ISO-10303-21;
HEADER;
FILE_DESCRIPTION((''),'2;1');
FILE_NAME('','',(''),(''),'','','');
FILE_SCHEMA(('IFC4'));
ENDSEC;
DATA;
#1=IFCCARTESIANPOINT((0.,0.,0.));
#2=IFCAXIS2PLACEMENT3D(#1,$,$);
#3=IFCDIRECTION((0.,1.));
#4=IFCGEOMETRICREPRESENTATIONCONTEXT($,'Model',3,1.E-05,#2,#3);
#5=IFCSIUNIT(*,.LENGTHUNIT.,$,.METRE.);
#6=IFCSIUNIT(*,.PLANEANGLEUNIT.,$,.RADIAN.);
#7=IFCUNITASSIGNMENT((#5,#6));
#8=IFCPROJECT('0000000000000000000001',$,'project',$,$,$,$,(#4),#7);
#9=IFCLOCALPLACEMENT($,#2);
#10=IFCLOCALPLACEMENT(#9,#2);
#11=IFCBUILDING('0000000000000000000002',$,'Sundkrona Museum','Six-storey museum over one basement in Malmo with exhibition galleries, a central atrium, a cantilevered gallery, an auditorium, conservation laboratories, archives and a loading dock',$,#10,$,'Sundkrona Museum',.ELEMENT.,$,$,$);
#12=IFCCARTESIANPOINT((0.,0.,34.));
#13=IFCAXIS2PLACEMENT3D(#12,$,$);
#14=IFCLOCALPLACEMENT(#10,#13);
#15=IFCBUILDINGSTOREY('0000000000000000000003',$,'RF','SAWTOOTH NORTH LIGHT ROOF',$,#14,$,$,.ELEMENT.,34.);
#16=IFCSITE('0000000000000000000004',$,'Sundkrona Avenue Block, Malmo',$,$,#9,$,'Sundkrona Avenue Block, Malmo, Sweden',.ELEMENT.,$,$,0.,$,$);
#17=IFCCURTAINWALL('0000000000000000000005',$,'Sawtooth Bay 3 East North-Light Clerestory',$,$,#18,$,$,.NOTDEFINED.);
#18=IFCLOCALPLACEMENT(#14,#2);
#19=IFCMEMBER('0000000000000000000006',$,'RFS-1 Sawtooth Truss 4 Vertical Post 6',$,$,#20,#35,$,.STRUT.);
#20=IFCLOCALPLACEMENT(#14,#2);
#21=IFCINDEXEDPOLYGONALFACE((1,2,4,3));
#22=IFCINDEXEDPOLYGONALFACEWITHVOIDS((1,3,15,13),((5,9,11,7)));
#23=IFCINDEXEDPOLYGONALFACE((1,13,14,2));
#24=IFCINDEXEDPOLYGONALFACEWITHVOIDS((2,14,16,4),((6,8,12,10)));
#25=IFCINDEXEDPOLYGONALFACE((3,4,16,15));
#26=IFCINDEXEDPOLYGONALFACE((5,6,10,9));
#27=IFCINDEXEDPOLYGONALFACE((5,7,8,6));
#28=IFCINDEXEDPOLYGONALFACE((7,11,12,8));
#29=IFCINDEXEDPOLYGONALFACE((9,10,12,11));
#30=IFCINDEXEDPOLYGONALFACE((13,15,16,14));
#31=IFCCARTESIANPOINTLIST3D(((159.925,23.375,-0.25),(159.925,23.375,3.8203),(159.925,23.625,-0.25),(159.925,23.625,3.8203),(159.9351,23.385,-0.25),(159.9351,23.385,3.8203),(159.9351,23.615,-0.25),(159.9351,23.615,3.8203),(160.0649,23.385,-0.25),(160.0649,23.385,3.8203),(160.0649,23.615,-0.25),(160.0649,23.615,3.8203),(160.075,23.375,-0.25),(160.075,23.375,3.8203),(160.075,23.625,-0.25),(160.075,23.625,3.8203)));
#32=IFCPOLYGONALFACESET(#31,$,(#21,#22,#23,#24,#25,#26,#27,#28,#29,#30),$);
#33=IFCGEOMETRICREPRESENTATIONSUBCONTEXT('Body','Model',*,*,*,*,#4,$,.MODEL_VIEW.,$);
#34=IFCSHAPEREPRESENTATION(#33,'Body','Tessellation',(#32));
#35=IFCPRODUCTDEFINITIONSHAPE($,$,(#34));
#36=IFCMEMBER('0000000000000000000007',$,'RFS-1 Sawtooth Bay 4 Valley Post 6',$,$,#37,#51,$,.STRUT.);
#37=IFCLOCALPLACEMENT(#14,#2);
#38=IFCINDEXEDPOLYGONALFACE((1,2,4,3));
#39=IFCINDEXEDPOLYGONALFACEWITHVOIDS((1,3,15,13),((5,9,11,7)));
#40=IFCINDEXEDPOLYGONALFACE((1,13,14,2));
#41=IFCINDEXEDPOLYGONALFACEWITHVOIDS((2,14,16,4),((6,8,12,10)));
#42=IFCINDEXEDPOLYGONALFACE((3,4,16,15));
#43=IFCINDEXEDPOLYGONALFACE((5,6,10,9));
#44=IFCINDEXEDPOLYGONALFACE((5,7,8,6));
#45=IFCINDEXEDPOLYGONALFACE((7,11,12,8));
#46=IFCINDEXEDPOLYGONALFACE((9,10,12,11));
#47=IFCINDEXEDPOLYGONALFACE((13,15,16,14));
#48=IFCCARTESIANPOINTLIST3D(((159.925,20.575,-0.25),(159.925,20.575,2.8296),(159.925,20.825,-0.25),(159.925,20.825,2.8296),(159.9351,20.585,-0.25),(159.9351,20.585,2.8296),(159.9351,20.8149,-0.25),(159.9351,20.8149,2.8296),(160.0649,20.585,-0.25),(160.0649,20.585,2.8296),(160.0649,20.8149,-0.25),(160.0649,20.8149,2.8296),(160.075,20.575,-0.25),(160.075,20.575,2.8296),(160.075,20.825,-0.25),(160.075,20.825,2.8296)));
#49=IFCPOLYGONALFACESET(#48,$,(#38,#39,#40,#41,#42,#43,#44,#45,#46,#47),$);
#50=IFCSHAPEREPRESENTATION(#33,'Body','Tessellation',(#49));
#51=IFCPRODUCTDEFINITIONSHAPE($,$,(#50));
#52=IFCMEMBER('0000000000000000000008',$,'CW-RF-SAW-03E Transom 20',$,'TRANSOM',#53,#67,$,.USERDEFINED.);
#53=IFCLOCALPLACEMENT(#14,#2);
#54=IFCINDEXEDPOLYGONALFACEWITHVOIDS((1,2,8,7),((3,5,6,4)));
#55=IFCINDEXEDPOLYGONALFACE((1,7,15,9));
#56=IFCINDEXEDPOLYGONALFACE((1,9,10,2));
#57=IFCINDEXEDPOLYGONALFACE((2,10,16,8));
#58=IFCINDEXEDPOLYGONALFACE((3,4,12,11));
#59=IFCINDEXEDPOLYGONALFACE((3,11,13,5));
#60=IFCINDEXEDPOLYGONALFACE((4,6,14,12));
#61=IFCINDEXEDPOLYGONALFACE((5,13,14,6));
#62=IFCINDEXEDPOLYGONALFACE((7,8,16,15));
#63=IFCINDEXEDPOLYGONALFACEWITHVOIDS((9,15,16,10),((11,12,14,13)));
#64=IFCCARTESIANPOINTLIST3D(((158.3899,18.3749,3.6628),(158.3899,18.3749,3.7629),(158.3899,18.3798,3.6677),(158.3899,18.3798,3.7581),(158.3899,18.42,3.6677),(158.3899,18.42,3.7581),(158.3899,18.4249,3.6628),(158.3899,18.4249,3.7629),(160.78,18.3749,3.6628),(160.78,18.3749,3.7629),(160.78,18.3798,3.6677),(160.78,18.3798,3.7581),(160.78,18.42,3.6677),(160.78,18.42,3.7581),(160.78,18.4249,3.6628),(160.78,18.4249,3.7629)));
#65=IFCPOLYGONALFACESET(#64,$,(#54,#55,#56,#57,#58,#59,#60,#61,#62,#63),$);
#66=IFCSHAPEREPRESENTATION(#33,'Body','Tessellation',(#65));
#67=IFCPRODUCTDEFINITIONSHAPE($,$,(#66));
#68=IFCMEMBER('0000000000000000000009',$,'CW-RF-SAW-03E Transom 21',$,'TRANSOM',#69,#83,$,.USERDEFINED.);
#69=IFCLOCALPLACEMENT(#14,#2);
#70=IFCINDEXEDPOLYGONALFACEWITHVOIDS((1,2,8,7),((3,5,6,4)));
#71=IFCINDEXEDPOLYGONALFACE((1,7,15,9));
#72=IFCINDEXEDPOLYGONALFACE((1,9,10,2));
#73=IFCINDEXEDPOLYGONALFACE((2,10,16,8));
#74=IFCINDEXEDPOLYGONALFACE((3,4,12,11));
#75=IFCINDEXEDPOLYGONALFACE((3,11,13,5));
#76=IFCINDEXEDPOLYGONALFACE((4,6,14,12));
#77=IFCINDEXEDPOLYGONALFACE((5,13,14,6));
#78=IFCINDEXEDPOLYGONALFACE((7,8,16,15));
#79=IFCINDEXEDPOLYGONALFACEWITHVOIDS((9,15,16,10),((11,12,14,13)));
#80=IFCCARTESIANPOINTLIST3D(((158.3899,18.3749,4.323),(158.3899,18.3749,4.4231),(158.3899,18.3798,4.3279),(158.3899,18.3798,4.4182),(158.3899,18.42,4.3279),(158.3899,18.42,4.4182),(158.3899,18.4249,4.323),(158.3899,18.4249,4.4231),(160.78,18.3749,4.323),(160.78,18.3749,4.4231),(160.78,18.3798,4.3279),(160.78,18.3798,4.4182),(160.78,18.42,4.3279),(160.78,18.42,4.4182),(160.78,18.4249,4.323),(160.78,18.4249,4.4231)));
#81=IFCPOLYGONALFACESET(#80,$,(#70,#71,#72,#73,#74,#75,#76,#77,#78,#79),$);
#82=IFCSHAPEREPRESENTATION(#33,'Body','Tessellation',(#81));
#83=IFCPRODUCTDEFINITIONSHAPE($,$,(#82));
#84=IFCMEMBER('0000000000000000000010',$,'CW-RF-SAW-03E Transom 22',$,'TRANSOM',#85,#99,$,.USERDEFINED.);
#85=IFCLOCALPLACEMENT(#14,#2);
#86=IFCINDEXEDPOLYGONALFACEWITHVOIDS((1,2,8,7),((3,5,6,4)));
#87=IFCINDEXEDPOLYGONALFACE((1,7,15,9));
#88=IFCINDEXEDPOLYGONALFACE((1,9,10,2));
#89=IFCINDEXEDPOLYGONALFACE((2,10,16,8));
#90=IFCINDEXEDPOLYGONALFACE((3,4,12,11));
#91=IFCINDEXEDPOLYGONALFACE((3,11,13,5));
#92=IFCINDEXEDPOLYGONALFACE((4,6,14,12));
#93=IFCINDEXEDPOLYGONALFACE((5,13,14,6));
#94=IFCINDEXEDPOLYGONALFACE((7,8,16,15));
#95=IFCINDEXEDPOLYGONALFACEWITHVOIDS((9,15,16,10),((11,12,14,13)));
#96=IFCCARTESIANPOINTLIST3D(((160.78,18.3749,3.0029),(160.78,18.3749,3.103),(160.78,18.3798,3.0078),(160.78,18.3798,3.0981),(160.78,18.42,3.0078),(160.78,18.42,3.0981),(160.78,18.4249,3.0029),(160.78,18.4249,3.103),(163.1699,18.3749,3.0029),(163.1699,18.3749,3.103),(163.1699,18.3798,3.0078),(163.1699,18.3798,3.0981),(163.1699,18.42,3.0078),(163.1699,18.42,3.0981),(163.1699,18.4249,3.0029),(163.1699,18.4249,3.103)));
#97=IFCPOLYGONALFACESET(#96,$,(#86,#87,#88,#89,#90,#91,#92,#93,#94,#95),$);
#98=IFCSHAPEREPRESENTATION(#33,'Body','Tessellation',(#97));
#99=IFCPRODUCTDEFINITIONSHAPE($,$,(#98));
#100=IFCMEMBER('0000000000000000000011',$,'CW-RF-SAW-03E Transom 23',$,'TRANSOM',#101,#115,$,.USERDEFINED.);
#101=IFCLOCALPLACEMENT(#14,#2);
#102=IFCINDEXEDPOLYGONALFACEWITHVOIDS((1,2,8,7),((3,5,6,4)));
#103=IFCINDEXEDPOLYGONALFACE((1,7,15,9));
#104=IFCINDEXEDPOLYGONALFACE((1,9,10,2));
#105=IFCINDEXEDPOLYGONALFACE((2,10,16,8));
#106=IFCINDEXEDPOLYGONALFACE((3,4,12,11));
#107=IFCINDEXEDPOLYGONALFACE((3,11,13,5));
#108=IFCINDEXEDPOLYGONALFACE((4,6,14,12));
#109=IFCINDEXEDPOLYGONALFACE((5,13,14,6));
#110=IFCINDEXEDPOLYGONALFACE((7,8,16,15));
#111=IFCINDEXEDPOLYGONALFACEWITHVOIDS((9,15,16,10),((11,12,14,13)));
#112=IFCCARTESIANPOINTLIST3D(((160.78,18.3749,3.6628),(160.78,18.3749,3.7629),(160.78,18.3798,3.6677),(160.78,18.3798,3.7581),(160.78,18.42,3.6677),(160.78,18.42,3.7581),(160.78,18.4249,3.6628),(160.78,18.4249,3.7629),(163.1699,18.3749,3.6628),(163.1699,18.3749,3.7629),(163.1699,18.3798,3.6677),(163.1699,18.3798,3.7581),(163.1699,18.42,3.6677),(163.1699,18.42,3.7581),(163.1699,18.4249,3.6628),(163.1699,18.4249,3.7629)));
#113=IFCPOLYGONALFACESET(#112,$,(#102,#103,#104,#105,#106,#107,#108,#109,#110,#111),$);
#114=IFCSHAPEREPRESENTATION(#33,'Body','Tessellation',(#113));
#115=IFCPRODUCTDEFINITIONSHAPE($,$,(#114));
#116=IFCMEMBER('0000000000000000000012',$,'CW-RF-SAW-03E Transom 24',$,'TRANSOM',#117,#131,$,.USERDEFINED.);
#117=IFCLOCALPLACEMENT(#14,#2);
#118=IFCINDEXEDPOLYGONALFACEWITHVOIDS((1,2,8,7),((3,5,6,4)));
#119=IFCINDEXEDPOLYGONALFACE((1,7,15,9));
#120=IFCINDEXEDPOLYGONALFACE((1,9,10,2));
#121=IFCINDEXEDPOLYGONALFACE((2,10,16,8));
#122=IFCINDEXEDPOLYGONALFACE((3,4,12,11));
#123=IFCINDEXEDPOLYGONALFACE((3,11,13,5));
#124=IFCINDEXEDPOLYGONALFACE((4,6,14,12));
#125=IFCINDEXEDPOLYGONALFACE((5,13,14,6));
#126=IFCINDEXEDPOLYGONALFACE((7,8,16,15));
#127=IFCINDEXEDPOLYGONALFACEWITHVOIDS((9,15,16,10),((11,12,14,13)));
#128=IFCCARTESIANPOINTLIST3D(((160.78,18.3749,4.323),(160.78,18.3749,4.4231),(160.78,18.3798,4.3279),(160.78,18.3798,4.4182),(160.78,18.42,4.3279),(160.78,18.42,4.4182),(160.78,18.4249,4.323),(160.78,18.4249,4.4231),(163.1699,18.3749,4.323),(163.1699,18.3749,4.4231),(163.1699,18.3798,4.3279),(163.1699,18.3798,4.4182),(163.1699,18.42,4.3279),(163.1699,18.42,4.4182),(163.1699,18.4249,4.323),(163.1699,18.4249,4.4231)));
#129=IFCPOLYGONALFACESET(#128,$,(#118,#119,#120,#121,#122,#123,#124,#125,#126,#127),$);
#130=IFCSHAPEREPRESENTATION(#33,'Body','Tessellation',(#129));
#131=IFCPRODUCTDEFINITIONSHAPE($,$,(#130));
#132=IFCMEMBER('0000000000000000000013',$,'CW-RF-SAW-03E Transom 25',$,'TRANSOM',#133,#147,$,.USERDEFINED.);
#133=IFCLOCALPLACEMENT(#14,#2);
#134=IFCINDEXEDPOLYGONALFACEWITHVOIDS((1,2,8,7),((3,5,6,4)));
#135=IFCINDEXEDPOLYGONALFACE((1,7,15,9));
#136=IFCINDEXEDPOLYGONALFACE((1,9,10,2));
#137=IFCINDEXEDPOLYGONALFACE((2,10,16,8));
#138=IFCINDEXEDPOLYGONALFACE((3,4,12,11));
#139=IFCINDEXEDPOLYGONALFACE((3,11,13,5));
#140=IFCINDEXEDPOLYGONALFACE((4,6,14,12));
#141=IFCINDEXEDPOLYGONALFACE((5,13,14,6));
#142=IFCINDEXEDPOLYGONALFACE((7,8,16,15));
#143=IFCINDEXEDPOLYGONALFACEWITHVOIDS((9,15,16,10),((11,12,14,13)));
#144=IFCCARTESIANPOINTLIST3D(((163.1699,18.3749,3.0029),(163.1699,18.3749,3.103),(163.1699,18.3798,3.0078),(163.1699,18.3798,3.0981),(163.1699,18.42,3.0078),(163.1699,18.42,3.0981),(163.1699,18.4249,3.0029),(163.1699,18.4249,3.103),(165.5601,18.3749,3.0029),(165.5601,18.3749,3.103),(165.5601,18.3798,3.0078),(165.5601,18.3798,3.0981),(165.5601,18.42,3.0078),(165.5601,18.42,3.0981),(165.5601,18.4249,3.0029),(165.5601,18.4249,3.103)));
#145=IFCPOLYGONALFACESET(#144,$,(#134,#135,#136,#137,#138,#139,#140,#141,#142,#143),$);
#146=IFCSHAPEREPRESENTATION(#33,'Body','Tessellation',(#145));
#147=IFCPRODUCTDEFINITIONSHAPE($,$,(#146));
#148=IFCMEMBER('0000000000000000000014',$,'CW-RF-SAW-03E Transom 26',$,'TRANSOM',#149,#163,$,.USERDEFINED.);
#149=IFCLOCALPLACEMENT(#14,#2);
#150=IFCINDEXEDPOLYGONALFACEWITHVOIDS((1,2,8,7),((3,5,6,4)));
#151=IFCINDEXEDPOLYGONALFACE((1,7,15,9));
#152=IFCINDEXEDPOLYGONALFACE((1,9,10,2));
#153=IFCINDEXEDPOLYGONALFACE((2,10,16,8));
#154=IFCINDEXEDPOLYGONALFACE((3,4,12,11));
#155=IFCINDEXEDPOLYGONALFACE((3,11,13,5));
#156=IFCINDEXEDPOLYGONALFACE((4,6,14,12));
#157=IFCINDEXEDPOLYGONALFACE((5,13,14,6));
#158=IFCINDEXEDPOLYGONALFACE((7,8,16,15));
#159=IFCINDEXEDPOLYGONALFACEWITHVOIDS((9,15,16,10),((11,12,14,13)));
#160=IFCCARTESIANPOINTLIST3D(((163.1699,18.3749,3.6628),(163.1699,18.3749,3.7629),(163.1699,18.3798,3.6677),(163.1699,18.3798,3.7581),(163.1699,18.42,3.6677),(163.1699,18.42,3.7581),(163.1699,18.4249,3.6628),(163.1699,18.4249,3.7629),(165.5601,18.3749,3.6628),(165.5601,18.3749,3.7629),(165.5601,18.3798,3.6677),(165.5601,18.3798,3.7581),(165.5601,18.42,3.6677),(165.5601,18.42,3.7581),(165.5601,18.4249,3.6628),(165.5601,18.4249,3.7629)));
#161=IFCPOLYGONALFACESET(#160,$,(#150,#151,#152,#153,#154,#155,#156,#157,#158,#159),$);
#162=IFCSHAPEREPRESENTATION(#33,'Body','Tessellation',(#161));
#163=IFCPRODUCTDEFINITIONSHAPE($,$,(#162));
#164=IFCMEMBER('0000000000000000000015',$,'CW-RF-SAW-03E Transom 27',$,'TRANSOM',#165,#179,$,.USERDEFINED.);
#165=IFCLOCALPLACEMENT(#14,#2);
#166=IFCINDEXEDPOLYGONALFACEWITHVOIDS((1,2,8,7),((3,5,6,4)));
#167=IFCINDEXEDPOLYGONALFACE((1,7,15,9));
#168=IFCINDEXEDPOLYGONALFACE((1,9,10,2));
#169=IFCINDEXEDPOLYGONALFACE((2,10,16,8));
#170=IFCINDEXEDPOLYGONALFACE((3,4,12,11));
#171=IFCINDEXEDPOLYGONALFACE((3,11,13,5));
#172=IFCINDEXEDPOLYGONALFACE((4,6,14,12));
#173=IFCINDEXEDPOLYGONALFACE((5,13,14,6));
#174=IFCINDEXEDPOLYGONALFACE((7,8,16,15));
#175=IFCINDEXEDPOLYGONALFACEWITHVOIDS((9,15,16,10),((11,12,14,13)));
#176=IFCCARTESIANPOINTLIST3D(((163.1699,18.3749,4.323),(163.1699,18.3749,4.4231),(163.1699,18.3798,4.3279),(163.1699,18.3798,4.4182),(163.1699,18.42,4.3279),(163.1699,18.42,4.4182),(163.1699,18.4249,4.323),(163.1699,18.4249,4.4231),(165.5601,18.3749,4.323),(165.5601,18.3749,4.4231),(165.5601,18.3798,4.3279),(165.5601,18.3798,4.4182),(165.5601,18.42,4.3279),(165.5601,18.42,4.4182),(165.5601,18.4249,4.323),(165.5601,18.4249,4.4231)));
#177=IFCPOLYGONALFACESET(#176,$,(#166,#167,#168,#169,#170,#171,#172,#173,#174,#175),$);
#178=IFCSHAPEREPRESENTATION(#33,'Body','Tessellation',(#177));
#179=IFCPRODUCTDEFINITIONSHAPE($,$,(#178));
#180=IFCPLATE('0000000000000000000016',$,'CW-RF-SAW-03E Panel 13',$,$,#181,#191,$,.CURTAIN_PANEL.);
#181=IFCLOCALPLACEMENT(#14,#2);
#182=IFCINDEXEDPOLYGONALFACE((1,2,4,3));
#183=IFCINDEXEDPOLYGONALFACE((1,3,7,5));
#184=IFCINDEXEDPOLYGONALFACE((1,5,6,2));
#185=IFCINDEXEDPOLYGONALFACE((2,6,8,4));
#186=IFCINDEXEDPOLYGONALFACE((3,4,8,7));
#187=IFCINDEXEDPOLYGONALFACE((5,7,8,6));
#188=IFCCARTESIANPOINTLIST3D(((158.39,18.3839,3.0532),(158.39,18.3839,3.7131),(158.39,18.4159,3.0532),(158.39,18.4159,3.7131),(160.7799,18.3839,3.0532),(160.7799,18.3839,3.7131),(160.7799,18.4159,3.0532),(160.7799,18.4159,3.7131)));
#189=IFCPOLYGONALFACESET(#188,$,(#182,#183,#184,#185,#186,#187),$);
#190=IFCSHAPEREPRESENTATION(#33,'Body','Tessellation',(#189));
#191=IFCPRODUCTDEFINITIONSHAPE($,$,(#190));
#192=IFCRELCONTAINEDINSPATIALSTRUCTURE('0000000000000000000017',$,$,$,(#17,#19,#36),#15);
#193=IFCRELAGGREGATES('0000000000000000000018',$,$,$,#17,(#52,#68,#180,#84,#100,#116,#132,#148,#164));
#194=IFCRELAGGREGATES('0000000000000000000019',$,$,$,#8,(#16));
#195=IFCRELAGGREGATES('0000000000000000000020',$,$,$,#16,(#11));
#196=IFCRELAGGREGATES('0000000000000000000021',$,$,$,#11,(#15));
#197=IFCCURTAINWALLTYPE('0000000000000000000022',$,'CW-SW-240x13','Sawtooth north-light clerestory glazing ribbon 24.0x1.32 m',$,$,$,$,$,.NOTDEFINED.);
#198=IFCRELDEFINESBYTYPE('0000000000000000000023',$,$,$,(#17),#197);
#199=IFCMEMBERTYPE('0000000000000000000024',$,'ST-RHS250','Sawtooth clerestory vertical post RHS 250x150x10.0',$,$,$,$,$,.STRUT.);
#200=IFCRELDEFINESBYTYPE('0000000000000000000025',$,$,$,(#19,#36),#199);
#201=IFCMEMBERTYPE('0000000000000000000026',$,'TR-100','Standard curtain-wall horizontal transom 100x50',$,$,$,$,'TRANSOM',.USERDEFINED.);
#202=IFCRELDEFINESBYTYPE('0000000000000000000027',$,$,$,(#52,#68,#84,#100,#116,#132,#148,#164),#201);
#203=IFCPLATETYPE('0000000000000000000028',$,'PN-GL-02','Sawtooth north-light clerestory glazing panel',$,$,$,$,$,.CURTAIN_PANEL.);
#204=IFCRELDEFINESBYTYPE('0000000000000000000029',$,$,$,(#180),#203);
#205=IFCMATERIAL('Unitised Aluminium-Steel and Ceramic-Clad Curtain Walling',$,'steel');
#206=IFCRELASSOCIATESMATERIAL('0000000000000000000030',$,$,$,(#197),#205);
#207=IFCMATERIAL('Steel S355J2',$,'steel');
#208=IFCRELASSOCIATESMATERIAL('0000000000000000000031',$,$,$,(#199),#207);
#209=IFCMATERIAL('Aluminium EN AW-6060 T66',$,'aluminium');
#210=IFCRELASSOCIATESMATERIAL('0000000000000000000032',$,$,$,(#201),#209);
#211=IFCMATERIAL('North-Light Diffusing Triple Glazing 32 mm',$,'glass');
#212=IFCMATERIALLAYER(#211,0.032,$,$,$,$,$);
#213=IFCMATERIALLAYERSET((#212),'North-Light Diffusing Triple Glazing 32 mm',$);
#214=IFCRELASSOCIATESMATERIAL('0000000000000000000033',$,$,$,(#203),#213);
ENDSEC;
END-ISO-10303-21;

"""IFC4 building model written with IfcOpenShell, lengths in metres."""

from ifc_helpers import new_model, si_unit, direction, frame, origin, origin_2d, place, context, subcontext, project, spatial, rectangle, hollow_rectangle, extrude, material, layer, layer_set, material_profile, profile_set, type_object, element, aggregate, save


model = new_model("IFC4")

# Units and contexts
model_context = context("Model", 3, precision=1e-05, world=origin(), true_north=direction((0.0, 1.0)))
body_context = subcontext(model_context, "Body", "Model", "MODEL_VIEW")
ifc_project = project(units=[si_unit("LENGTHUNIT", "METRE"), si_unit("PLANEANGLEUNIT", "RADIAN")], contexts=[model_context])

# Site, building, storey
site_placement = place(None, origin())
site = spatial("IfcSite", under=ifc_project, at=site_placement, Name="Sundkrona Avenue Block, Malmo", LongName="Sundkrona Avenue Block, Malmo, Sweden", CompositionType="ELEMENT", RefElevation=0.0)
building_placement = place(site_placement, origin())
building = spatial("IfcBuilding", under=site, at=building_placement, Name="Sundkrona Museum", Description="Six-storey museum over one basement in Malmo with exhibition galleries, a central atrium, a cantilevered gallery, an auditorium, conservation laboratories, archives and a loading dock", LongName="Sundkrona Museum", CompositionType="ELEMENT")
storey_placement = place(building_placement, frame((0.0, 0.0, 34.0)))
storey = spatial("IfcBuildingStorey", under=building, at=storey_placement, Name="RF", Description="SAWTOOTH NORTH LIGHT ROOF", CompositionType="ELEMENT", Elevation=34.0)

# Curtain wall
ifc_material_1 = material(Name="Unitised Aluminium-Steel and Ceramic-Clad Curtain Walling", Category="steel")
curtain_wall_type = type_object("IfcCurtainWallType", Name="CW-SW-240x13", Description="Sawtooth north-light clerestory glazing ribbon 24.0x1.32 m", PredefinedType="NOTDEFINED", material=ifc_material_1)
curtain_wall_placement = place(storey_placement, origin())
curtain_wall = element("IfcCurtainWall", 1, at=curtain_wall_placement, inside=storey, type_object=curtain_wall_type, Name="Sawtooth Bay 3 East North-Light Clerestory", PredefinedType="NOTDEFINED")
ifc_material_2 = material(Name="Aluminium EN AW-6060 T66", Category="aluminium")

# Members
ifc_material_3 = material(Name="Steel S355J2", Category="steel")
ifc_material_profile_1 = material_profile(ifc_material_3, hollow_rectangle(XDim=0.1499, YDim=0.25, WallThickness=0.01, at=origin_2d()), Name="RHS 250x150x10.0")
ifc_profile_set_1 = profile_set([ifc_material_profile_1], Name="Steel S355J2")
member_type_1 = type_object("IfcMemberType", Name="ST-RHS250", Description="Sawtooth clerestory vertical post RHS 250x150x10.0", PredefinedType="STRUT", material=ifc_profile_set_1)
member_1_placement = place(storey_placement, frame((160.0, 23.5, -0.25), z_axis=(0.0, 0.0, 1.0), x_axis=(1.0, 0.0, 0.0)))
element("IfcMember", 2, at=member_1_placement, inside=storey, type_object=member_type_1, Name="RFS-1 Sawtooth Truss 4 Vertical Post 6", PredefinedType="STRUT", context=body_context, shape_type="SweptSolid", body=[
    extrude(hollow_rectangle(XDim=0.1499, YDim=0.25, WallThickness=0.01, at=origin_2d()), origin(), (0.0, 0.0, 1.0), 4.0703),
])
member_2_placement = place(storey_placement, frame((160.0, 20.7, -0.25), z_axis=(0.0, 0.0, 1.0), x_axis=(1.0, 0.0, 0.0)))
element("IfcMember", 3, at=member_2_placement, inside=storey, type_object=member_type_1, Name="RFS-1 Sawtooth Bay 4 Valley Post 6", PredefinedType="STRUT", context=body_context, shape_type="SweptSolid", body=[
    extrude(hollow_rectangle(XDim=0.1499, YDim=0.25, WallThickness=0.01, at=origin_2d()), origin(), (0.0, 0.0, 1.0), 3.0796),
])

# Members
ifc_material_profile_2 = material_profile(ifc_material_2, hollow_rectangle(XDim=0.05, YDim=0.1001, WallThickness=0.0049, at=origin_2d()), Name="RHS 100x50x5.0")
ifc_profile_set_2 = profile_set([ifc_material_profile_2], Name="Aluminium EN AW-6060 T66")
member_type_2 = type_object("IfcMemberType", Name="TR-100", Description="Standard curtain-wall horizontal transom 100x50", ElementType="TRANSOM", PredefinedType="USERDEFINED", material=ifc_profile_set_2)
member_3_placement = place(storey_placement, frame((158.3899, 18.3999, 3.7129), z_axis=(1.0, 0.0, 0.0), x_axis=(0.0, 1.0, 0.0)))
member_3 = element("IfcMember", 4, at=member_3_placement, type_object=member_type_2, Name="CW-RF-SAW-03E Transom 20", ObjectType="TRANSOM", PredefinedType="USERDEFINED", context=body_context, shape_type="SweptSolid", body=[
    extrude(hollow_rectangle(XDim=0.05, YDim=0.1001, WallThickness=0.0049, at=origin_2d()), origin(), (0.0, 0.0, 1.0), 2.3901),
])
member_4_placement = place(storey_placement, frame((158.3899, 18.3999, 4.373), z_axis=(1.0, 0.0, 0.0), x_axis=(0.0, 1.0, 0.0)))
member_4 = element("IfcMember", 5, at=member_4_placement, type_object=member_type_2, Name="CW-RF-SAW-03E Transom 21", ObjectType="TRANSOM", PredefinedType="USERDEFINED", context=body_context, shape_type="SweptSolid", body=[
    extrude(hollow_rectangle(XDim=0.05, YDim=0.1001, WallThickness=0.0049, at=origin_2d()), origin(), (0.0, 0.0, 1.0), 2.3901),
])
member_5_placement = place(storey_placement, frame((160.78, 18.3999, 3.053), z_axis=(1.0, 0.0, 0.0), x_axis=(0.0, 1.0, 0.0)))
member_5 = element("IfcMember", 6, at=member_5_placement, type_object=member_type_2, Name="CW-RF-SAW-03E Transom 22", ObjectType="TRANSOM", PredefinedType="USERDEFINED", context=body_context, shape_type="SweptSolid", body=[
    extrude(hollow_rectangle(XDim=0.05, YDim=0.1001, WallThickness=0.0049, at=origin_2d()), origin(), (0.0, 0.0, 1.0), 2.3899),
])
member_6_placement = place(storey_placement, frame((160.78, 18.3999, 3.7129), z_axis=(1.0, 0.0, 0.0), x_axis=(0.0, 1.0, 0.0)))
member_6 = element("IfcMember", 7, at=member_6_placement, type_object=member_type_2, Name="CW-RF-SAW-03E Transom 23", ObjectType="TRANSOM", PredefinedType="USERDEFINED", context=body_context, shape_type="SweptSolid", body=[
    extrude(hollow_rectangle(XDim=0.05, YDim=0.1001, WallThickness=0.0049, at=origin_2d()), origin(), (0.0, 0.0, 1.0), 2.3899),
])
member_7_placement = place(storey_placement, frame((160.78, 18.3999, 4.373), z_axis=(1.0, 0.0, 0.0), x_axis=(0.0, 1.0, 0.0)))
member_7 = element("IfcMember", 8, at=member_7_placement, type_object=member_type_2, Name="CW-RF-SAW-03E Transom 24", ObjectType="TRANSOM", PredefinedType="USERDEFINED", context=body_context, shape_type="SweptSolid", body=[
    extrude(hollow_rectangle(XDim=0.05, YDim=0.1001, WallThickness=0.0049, at=origin_2d()), origin(), (0.0, 0.0, 1.0), 2.3899),
])
member_8_placement = place(storey_placement, frame((163.1699, 18.3999, 3.053), z_axis=(1.0, 0.0, 0.0), x_axis=(0.0, 1.0, 0.0)))
member_8 = element("IfcMember", 9, at=member_8_placement, type_object=member_type_2, Name="CW-RF-SAW-03E Transom 25", ObjectType="TRANSOM", PredefinedType="USERDEFINED", context=body_context, shape_type="SweptSolid", body=[
    extrude(hollow_rectangle(XDim=0.05, YDim=0.1001, WallThickness=0.0049, at=origin_2d()), origin(), (0.0, 0.0, 1.0), 2.3901),
])
member_9_placement = place(storey_placement, frame((163.1699, 18.3999, 3.7129), z_axis=(1.0, 0.0, 0.0), x_axis=(0.0, 1.0, 0.0)))
member_9 = element("IfcMember", 10, at=member_9_placement, type_object=member_type_2, Name="CW-RF-SAW-03E Transom 26", ObjectType="TRANSOM", PredefinedType="USERDEFINED", context=body_context, shape_type="SweptSolid", body=[
    extrude(hollow_rectangle(XDim=0.05, YDim=0.1001, WallThickness=0.0049, at=origin_2d()), origin(), (0.0, 0.0, 1.0), 2.3901),
])
member_10_placement = place(storey_placement, frame((163.1699, 18.3999, 4.373), z_axis=(1.0, 0.0, 0.0), x_axis=(0.0, 1.0, 0.0)))
member_10 = element("IfcMember", 11, at=member_10_placement, type_object=member_type_2, Name="CW-RF-SAW-03E Transom 27", ObjectType="TRANSOM", PredefinedType="USERDEFINED", context=body_context, shape_type="SweptSolid", body=[
    extrude(hollow_rectangle(XDim=0.05, YDim=0.1001, WallThickness=0.0049, at=origin_2d()), origin(), (0.0, 0.0, 1.0), 2.3901),
])

# Plate
ifc_material_4 = material(Name="North-Light Diffusing Triple Glazing 32 mm", Category="glass")
ifc_layer = layer(ifc_material_4, 0.032)
ifc_layer_set = layer_set([ifc_layer], Name="North-Light Diffusing Triple Glazing 32 mm")
plate_type = type_object("IfcPlateType", Name="PN-GL-02", Description="Sawtooth north-light clerestory glazing panel", PredefinedType="CURTAIN_PANEL", material=ifc_layer_set)
plate_1_placement = place(storey_placement, frame((159.585, 18.3999, 3.0532), z_axis=(0.0, 0.0, 1.0), x_axis=(1.0, 0.0, 0.0)))
plate_1 = element("IfcPlate", 12, at=plate_1_placement, type_object=plate_type, Name="CW-RF-SAW-03E Panel 13", PredefinedType="CURTAIN_PANEL", context=body_context, shape_type="SweptSolid", body=[
    extrude(rectangle(XDim=2.3899, YDim=0.032, at=origin_2d()), origin(), (0.0, 0.0, 1.0), 0.6599),
])
aggregate(curtain_wall, [member_3, member_4, plate_1, member_5, member_6, member_7, member_8, member_9, member_10])

save(model, "model.ifc")
